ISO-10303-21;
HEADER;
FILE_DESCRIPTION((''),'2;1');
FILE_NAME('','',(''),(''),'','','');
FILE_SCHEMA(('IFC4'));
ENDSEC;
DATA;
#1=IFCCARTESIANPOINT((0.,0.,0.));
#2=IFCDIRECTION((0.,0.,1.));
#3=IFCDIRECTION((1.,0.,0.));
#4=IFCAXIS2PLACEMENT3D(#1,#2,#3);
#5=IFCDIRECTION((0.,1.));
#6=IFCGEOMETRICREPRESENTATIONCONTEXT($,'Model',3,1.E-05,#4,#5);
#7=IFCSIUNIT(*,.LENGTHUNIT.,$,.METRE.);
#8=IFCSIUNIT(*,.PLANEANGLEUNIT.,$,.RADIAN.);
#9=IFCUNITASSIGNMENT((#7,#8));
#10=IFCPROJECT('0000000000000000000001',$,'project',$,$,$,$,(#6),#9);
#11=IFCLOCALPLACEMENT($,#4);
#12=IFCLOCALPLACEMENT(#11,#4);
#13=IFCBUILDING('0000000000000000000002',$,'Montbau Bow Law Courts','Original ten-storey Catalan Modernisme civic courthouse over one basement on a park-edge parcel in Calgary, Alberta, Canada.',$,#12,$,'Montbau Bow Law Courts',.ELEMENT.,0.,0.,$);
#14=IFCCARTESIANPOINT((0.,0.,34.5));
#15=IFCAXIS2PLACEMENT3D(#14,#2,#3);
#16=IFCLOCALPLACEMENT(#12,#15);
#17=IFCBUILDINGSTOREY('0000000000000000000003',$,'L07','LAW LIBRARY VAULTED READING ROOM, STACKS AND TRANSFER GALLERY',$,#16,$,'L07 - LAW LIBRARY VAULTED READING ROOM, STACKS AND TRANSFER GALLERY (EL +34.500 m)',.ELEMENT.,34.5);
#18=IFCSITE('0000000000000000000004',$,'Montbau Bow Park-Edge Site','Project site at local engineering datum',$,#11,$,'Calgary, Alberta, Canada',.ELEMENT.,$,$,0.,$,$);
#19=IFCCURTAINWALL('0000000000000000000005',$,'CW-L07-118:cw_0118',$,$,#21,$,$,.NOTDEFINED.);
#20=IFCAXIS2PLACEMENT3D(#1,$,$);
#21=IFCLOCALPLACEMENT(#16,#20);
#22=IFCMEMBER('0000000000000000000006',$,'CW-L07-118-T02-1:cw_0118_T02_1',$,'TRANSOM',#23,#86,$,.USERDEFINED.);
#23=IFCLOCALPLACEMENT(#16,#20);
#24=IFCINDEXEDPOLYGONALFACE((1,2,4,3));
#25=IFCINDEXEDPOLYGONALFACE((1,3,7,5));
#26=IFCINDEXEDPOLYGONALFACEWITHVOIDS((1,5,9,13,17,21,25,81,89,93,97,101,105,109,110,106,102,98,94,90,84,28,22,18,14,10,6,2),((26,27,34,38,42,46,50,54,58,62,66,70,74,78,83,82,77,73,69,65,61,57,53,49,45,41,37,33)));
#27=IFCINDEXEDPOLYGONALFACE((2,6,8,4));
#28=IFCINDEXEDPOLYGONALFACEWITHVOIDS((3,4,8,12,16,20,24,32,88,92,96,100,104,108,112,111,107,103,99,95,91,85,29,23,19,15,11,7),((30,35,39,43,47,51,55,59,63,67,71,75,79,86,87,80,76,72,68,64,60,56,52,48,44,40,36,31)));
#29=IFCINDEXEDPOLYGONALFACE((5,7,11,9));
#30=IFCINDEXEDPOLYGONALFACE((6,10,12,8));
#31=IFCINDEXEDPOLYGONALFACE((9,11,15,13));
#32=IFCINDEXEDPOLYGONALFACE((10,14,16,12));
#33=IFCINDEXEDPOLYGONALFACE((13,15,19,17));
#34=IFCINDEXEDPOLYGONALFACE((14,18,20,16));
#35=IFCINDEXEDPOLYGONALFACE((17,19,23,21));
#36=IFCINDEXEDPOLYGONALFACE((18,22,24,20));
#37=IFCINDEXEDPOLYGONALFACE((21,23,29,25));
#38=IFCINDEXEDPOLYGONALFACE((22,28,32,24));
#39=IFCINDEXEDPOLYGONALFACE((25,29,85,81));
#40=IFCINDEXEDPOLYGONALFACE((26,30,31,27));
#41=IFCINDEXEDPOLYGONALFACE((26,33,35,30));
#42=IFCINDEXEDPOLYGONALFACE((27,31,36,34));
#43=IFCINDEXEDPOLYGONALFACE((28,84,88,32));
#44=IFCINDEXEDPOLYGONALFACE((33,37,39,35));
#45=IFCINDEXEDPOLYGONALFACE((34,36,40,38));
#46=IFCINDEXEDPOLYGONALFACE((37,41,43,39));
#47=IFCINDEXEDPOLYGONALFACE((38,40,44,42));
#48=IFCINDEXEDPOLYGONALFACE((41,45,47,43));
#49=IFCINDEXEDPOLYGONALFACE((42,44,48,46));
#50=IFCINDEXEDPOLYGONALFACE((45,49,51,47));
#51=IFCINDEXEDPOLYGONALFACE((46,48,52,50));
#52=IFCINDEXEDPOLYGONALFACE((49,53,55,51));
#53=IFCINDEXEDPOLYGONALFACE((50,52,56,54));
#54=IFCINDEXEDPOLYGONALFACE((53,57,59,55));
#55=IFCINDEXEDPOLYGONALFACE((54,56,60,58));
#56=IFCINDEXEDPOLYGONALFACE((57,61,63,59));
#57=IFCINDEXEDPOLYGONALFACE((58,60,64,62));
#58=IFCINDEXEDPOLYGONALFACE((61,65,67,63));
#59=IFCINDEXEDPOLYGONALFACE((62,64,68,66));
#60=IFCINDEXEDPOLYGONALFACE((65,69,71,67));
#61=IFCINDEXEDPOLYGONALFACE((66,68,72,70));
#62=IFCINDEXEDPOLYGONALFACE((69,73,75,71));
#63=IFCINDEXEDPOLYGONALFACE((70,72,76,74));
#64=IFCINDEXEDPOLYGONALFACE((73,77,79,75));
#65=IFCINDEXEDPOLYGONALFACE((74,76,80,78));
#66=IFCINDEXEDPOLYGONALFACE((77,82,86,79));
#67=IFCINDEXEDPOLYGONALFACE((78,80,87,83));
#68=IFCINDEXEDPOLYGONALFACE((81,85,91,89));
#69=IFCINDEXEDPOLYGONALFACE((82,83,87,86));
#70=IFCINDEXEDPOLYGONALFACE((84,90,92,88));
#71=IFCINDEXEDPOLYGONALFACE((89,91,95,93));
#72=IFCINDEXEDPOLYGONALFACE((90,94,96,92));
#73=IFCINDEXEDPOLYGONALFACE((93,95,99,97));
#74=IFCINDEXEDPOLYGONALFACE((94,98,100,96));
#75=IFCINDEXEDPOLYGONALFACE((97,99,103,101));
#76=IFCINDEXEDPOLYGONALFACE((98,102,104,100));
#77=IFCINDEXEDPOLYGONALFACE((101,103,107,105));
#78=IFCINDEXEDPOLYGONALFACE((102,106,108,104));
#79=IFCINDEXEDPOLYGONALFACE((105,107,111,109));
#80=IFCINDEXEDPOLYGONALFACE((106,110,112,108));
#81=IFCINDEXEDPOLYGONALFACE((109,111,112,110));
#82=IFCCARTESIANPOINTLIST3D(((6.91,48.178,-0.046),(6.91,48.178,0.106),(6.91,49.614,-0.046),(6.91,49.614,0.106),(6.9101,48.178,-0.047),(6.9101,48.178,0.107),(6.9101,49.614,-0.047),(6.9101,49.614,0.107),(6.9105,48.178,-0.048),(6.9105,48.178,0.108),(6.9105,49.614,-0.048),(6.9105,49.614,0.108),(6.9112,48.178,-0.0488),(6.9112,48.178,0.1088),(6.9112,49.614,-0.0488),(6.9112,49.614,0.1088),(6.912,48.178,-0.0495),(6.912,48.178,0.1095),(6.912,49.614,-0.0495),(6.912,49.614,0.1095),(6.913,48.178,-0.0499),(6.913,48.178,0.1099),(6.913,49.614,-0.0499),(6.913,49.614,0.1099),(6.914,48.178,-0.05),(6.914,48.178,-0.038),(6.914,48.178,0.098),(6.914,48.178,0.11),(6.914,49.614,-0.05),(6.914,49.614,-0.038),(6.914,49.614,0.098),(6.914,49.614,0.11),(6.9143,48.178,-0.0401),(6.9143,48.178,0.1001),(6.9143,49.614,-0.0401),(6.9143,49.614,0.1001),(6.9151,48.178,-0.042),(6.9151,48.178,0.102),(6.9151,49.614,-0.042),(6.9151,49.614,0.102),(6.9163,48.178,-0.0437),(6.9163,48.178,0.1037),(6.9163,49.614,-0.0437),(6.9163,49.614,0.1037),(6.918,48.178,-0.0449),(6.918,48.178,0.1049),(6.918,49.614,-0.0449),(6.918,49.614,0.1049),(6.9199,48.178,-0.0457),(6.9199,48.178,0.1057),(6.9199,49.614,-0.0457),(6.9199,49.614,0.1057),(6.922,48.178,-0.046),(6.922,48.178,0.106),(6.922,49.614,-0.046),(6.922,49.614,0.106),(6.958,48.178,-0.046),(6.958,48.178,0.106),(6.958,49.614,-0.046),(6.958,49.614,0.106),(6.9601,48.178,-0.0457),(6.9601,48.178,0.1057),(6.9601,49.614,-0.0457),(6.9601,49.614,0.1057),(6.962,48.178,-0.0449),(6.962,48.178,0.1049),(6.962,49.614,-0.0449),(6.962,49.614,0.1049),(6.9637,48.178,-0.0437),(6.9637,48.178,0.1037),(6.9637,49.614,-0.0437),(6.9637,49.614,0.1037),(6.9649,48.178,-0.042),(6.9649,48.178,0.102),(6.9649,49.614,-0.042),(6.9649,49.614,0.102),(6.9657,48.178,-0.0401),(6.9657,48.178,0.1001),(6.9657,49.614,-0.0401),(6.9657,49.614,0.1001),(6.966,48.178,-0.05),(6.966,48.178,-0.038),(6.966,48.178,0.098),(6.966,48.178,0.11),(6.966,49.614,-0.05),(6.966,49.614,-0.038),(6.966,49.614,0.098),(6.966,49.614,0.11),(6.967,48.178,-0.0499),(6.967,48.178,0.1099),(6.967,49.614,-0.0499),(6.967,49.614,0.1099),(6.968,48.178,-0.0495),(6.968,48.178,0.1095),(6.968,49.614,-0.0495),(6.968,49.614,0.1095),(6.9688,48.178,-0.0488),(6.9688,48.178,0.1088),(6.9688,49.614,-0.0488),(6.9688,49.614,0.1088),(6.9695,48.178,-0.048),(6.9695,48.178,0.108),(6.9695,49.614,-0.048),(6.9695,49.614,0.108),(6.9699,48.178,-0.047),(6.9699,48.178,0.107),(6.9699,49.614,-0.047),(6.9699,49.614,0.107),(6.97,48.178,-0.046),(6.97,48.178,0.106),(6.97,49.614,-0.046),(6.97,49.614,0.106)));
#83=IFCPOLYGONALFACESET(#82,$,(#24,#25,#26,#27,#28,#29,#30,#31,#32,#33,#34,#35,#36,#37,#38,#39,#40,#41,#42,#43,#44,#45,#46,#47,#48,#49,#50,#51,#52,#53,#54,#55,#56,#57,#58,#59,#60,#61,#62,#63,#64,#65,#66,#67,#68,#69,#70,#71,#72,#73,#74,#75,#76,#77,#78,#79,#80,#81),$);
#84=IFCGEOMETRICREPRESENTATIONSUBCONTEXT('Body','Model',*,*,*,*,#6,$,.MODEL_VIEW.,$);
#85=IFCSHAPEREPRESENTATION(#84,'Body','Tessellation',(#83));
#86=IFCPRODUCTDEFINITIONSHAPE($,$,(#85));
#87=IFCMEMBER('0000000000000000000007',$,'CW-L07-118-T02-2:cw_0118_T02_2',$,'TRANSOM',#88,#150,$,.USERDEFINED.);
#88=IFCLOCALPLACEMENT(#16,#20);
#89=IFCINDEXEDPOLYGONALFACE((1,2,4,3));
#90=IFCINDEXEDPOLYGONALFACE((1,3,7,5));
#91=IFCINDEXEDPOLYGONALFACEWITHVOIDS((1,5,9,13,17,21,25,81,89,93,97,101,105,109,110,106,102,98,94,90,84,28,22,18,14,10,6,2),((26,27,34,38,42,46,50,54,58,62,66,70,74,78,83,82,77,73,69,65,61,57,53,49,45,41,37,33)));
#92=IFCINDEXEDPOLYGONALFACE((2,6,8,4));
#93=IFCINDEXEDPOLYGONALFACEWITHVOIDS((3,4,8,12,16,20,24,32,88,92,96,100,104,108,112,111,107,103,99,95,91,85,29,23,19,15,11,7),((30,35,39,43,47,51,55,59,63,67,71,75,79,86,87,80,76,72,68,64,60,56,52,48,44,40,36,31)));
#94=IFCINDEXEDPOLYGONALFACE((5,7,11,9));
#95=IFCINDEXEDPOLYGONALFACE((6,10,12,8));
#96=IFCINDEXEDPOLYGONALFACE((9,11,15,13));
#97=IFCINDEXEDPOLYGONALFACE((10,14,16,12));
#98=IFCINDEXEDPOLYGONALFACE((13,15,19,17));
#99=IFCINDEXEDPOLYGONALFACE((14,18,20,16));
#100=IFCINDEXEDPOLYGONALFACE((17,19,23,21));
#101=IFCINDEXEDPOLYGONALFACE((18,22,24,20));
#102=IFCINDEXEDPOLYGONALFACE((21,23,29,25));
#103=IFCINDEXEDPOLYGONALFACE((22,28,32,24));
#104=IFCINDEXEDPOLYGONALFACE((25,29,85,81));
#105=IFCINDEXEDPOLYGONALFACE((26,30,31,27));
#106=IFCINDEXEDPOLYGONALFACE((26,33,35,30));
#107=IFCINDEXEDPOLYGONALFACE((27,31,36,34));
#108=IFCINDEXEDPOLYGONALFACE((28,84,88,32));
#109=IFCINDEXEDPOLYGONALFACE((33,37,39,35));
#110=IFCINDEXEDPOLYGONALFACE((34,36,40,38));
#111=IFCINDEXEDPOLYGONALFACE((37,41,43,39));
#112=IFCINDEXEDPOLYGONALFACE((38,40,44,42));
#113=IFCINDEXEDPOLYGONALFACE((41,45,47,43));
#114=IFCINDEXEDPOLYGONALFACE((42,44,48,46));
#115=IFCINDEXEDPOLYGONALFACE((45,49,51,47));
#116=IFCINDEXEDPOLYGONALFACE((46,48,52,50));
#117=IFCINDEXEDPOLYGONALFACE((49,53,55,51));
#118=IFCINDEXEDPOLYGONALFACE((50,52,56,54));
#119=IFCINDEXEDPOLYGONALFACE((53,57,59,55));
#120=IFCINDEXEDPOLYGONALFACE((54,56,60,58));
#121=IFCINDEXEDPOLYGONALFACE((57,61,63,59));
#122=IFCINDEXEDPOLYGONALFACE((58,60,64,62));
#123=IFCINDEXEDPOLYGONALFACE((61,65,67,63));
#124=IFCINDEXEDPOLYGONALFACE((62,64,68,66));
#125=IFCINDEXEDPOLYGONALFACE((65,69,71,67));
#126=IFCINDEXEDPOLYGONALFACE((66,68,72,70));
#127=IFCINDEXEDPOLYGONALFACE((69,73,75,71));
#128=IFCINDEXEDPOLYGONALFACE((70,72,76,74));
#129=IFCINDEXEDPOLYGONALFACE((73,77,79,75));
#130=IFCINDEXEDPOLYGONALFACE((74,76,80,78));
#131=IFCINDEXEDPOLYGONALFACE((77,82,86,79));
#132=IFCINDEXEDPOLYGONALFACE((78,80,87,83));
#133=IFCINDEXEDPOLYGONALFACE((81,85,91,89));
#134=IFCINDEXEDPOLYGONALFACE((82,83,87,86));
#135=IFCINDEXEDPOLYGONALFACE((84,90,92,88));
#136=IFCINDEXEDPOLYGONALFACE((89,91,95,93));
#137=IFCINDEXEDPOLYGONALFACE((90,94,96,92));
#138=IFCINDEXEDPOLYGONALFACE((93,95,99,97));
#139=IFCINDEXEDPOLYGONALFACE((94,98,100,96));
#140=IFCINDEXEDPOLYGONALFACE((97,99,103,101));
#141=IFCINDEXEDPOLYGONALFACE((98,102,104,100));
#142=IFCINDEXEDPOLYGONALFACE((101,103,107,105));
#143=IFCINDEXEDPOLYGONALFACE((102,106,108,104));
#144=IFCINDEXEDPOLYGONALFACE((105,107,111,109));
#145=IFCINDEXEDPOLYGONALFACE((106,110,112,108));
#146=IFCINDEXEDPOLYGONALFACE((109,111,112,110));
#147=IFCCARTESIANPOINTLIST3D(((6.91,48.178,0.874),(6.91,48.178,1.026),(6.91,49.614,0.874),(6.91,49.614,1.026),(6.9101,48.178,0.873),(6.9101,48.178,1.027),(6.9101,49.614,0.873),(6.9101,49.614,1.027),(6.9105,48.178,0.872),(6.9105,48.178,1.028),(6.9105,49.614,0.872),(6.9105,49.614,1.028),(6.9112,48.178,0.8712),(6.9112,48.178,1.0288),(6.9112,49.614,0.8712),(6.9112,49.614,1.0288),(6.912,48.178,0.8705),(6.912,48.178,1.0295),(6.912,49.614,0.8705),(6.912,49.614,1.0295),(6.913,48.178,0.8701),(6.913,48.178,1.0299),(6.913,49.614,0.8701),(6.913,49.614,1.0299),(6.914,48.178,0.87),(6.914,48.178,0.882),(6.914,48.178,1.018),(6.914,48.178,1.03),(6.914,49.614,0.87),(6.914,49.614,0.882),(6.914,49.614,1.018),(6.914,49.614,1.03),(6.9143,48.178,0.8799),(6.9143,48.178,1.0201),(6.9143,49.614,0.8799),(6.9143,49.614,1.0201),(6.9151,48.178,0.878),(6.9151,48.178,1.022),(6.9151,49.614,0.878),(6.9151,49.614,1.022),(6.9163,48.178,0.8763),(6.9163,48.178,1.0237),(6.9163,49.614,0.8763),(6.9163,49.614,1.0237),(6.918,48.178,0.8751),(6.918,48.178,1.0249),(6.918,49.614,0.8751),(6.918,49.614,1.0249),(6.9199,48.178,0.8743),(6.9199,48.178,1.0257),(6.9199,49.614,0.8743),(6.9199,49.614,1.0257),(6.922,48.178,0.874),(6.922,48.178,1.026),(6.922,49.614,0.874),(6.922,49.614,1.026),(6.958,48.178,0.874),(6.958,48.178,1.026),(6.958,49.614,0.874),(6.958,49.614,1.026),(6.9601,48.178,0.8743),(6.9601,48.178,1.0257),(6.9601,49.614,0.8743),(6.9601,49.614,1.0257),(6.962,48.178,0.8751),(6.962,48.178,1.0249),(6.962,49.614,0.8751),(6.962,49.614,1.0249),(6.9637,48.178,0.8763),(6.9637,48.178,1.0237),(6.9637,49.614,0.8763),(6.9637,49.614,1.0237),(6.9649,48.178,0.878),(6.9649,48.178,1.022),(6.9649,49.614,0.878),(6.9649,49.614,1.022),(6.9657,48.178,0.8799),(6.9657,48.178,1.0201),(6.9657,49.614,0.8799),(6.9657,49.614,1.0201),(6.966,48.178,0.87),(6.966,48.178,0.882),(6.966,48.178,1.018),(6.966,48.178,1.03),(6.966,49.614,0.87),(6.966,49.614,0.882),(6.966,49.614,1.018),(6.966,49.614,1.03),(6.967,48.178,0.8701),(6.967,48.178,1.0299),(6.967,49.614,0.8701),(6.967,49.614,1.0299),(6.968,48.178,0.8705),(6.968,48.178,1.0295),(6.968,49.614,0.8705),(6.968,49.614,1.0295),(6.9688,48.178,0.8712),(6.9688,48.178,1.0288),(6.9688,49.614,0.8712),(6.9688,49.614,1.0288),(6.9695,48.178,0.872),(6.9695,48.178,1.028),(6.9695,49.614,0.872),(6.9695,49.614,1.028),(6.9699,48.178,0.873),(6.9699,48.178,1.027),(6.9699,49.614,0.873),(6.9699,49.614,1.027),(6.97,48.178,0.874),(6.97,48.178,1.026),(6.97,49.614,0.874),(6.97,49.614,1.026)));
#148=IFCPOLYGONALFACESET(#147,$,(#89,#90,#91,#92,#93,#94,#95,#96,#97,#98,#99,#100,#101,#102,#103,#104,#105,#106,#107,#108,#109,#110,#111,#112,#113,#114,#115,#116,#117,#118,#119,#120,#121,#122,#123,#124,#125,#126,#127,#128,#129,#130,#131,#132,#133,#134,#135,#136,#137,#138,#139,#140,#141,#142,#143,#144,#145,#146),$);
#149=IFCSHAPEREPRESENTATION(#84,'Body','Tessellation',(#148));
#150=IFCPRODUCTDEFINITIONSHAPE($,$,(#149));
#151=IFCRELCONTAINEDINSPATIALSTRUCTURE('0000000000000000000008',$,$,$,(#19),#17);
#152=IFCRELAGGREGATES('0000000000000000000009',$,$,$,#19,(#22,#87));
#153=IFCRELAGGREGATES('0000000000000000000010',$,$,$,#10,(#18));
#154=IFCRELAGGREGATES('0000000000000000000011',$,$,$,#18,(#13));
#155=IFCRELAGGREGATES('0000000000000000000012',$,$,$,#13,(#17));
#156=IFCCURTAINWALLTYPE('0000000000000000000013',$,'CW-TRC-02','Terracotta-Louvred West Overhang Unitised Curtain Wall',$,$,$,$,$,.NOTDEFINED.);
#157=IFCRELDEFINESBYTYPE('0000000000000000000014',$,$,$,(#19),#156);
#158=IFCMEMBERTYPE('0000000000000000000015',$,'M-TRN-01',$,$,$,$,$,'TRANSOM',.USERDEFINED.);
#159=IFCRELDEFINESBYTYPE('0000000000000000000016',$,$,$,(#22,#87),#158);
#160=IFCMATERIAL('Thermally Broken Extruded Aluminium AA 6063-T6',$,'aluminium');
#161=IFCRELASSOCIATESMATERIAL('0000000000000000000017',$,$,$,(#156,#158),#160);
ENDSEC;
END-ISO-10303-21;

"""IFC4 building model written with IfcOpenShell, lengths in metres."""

from ifc_helpers import new_model, si_unit, direction, frame, origin_with_axes, origin_2d_with_axis, place, context, subcontext, project, spatial, hollow_rectangle, extrude, material, material_profile, profile_set, type_object, element, aggregate, save


model = new_model("IFC4")

# Units and contexts
model_context = context("Model", 3, precision=1e-05, world=origin_with_axes(), true_north=direction((0.0, 1.0)))
body_context = subcontext(model_context, "Body", "Model", "MODEL_VIEW")
ifc_project = project(units=[si_unit("LENGTHUNIT", "METRE"), si_unit("PLANEANGLEUNIT", "RADIAN")], contexts=[model_context])

# Site, building, storey
site_placement = place(None, origin_with_axes())
site = spatial("IfcSite", under=ifc_project, at=site_placement, Name="Montbau Bow Park-Edge Site", Description="Project site at local engineering datum", LongName="Calgary, Alberta, Canada", CompositionType="ELEMENT", RefElevation=0.0)
building_placement = place(site_placement, origin_with_axes())
building = spatial("IfcBuilding", under=site, at=building_placement, Name="Montbau Bow Law Courts", Description="Original ten-storey Catalan Modernisme civic courthouse over one basement on a park-edge parcel in Calgary, Alberta, Canada.", LongName="Montbau Bow Law Courts", CompositionType="ELEMENT", ElevationOfRefHeight=0.0, ElevationOfTerrain=0.0)
storey_placement = place(building_placement, frame((0.0, 0.0, 34.5), z_axis=(0.0, 0.0, 1.0), x_axis=(1.0, 0.0, 0.0)))
storey = spatial("IfcBuildingStorey", under=building, at=storey_placement, Name="L07", Description="LAW LIBRARY VAULTED READING ROOM, STACKS AND TRANSFER GALLERY", LongName="L07 - LAW LIBRARY VAULTED READING ROOM, STACKS AND TRANSFER GALLERY (EL +34.500 m)", CompositionType="ELEMENT", Elevation=34.5)

# Curtain wall, members
ifc_material_1 = material(Name="Thermally Broken Extruded Aluminium AA 6063-T6", Category="aluminium")
curtain_wall_type = type_object("IfcCurtainWallType", Name="CW-TRC-02", Description="Terracotta-Louvred West Overhang Unitised Curtain Wall", PredefinedType="NOTDEFINED", material=ifc_material_1)
curtain_wall_placement = place(None, frame((6.94, 46.64, 34.5), z_axis=(0.0, 0.0, 1.0), x_axis=(1.0, 0.0, 0.0)))
curtain_wall = element("IfcCurtainWall", 1, at=curtain_wall_placement, inside=storey, type_object=curtain_wall_type, Name="CW-L07-118:cw_0118", PredefinedType="NOTDEFINED")
ifc_material_profile_1 = material_profile(ifc_material_1, hollow_rectangle(XDim=0.06, YDim=0.16, WallThickness=0.004, InnerFilletRadius=0.008, OuterFilletRadius=0.004, at=origin_2d_with_axis()), Name="CWT-160X60", Category="Main", Priority=0)
ifc_profile_set_1 = profile_set([ifc_material_profile_1], Name="Thermally Broken Extruded Aluminium AA 6063-T6")
member_type_1 = type_object("IfcMemberType", Name="M-TRN-01", ElementType="TRANSOM", PredefinedType="USERDEFINED", material=ifc_profile_set_1)
member_1_placement = place(None, frame((6.94, 48.178, 34.53), z_axis=(0.0, 1.0, 0.0), x_axis=(-1.0, 0.0, 0.0)))
member_1 = element("IfcMember", 2, at=member_1_placement, type_object=member_type_1, Name="CW-L07-118-T02-1:cw_0118_T02_1", ObjectType="TRANSOM", PredefinedType="USERDEFINED", context=body_context, shape_type="SweptSolid", body=[
    extrude(hollow_rectangle(XDim=0.06, YDim=0.16, WallThickness=0.004, InnerFilletRadius=0.008, OuterFilletRadius=0.004, at=origin_2d_with_axis()), origin_with_axes(), (0.0, 0.0, 1.0), 1.436),
])
member_2_placement = place(None, frame((6.94, 48.178, 35.45), z_axis=(0.0, 1.0, 0.0), x_axis=(-1.0, 0.0, 0.0)))
member_2 = element("IfcMember", 3, at=member_2_placement, type_object=member_type_1, Name="CW-L07-118-T02-2:cw_0118_T02_2", ObjectType="TRANSOM", PredefinedType="USERDEFINED", context=body_context, shape_type="SweptSolid", body=[
    extrude(hollow_rectangle(XDim=0.06, YDim=0.16, WallThickness=0.004, InnerFilletRadius=0.008, OuterFilletRadius=0.004, at=origin_2d_with_axis()), origin_with_axes(), (0.0, 0.0, 1.0), 1.436),
])
aggregate(curtain_wall, [member_1, member_2])

save(model, "model.ifc")
